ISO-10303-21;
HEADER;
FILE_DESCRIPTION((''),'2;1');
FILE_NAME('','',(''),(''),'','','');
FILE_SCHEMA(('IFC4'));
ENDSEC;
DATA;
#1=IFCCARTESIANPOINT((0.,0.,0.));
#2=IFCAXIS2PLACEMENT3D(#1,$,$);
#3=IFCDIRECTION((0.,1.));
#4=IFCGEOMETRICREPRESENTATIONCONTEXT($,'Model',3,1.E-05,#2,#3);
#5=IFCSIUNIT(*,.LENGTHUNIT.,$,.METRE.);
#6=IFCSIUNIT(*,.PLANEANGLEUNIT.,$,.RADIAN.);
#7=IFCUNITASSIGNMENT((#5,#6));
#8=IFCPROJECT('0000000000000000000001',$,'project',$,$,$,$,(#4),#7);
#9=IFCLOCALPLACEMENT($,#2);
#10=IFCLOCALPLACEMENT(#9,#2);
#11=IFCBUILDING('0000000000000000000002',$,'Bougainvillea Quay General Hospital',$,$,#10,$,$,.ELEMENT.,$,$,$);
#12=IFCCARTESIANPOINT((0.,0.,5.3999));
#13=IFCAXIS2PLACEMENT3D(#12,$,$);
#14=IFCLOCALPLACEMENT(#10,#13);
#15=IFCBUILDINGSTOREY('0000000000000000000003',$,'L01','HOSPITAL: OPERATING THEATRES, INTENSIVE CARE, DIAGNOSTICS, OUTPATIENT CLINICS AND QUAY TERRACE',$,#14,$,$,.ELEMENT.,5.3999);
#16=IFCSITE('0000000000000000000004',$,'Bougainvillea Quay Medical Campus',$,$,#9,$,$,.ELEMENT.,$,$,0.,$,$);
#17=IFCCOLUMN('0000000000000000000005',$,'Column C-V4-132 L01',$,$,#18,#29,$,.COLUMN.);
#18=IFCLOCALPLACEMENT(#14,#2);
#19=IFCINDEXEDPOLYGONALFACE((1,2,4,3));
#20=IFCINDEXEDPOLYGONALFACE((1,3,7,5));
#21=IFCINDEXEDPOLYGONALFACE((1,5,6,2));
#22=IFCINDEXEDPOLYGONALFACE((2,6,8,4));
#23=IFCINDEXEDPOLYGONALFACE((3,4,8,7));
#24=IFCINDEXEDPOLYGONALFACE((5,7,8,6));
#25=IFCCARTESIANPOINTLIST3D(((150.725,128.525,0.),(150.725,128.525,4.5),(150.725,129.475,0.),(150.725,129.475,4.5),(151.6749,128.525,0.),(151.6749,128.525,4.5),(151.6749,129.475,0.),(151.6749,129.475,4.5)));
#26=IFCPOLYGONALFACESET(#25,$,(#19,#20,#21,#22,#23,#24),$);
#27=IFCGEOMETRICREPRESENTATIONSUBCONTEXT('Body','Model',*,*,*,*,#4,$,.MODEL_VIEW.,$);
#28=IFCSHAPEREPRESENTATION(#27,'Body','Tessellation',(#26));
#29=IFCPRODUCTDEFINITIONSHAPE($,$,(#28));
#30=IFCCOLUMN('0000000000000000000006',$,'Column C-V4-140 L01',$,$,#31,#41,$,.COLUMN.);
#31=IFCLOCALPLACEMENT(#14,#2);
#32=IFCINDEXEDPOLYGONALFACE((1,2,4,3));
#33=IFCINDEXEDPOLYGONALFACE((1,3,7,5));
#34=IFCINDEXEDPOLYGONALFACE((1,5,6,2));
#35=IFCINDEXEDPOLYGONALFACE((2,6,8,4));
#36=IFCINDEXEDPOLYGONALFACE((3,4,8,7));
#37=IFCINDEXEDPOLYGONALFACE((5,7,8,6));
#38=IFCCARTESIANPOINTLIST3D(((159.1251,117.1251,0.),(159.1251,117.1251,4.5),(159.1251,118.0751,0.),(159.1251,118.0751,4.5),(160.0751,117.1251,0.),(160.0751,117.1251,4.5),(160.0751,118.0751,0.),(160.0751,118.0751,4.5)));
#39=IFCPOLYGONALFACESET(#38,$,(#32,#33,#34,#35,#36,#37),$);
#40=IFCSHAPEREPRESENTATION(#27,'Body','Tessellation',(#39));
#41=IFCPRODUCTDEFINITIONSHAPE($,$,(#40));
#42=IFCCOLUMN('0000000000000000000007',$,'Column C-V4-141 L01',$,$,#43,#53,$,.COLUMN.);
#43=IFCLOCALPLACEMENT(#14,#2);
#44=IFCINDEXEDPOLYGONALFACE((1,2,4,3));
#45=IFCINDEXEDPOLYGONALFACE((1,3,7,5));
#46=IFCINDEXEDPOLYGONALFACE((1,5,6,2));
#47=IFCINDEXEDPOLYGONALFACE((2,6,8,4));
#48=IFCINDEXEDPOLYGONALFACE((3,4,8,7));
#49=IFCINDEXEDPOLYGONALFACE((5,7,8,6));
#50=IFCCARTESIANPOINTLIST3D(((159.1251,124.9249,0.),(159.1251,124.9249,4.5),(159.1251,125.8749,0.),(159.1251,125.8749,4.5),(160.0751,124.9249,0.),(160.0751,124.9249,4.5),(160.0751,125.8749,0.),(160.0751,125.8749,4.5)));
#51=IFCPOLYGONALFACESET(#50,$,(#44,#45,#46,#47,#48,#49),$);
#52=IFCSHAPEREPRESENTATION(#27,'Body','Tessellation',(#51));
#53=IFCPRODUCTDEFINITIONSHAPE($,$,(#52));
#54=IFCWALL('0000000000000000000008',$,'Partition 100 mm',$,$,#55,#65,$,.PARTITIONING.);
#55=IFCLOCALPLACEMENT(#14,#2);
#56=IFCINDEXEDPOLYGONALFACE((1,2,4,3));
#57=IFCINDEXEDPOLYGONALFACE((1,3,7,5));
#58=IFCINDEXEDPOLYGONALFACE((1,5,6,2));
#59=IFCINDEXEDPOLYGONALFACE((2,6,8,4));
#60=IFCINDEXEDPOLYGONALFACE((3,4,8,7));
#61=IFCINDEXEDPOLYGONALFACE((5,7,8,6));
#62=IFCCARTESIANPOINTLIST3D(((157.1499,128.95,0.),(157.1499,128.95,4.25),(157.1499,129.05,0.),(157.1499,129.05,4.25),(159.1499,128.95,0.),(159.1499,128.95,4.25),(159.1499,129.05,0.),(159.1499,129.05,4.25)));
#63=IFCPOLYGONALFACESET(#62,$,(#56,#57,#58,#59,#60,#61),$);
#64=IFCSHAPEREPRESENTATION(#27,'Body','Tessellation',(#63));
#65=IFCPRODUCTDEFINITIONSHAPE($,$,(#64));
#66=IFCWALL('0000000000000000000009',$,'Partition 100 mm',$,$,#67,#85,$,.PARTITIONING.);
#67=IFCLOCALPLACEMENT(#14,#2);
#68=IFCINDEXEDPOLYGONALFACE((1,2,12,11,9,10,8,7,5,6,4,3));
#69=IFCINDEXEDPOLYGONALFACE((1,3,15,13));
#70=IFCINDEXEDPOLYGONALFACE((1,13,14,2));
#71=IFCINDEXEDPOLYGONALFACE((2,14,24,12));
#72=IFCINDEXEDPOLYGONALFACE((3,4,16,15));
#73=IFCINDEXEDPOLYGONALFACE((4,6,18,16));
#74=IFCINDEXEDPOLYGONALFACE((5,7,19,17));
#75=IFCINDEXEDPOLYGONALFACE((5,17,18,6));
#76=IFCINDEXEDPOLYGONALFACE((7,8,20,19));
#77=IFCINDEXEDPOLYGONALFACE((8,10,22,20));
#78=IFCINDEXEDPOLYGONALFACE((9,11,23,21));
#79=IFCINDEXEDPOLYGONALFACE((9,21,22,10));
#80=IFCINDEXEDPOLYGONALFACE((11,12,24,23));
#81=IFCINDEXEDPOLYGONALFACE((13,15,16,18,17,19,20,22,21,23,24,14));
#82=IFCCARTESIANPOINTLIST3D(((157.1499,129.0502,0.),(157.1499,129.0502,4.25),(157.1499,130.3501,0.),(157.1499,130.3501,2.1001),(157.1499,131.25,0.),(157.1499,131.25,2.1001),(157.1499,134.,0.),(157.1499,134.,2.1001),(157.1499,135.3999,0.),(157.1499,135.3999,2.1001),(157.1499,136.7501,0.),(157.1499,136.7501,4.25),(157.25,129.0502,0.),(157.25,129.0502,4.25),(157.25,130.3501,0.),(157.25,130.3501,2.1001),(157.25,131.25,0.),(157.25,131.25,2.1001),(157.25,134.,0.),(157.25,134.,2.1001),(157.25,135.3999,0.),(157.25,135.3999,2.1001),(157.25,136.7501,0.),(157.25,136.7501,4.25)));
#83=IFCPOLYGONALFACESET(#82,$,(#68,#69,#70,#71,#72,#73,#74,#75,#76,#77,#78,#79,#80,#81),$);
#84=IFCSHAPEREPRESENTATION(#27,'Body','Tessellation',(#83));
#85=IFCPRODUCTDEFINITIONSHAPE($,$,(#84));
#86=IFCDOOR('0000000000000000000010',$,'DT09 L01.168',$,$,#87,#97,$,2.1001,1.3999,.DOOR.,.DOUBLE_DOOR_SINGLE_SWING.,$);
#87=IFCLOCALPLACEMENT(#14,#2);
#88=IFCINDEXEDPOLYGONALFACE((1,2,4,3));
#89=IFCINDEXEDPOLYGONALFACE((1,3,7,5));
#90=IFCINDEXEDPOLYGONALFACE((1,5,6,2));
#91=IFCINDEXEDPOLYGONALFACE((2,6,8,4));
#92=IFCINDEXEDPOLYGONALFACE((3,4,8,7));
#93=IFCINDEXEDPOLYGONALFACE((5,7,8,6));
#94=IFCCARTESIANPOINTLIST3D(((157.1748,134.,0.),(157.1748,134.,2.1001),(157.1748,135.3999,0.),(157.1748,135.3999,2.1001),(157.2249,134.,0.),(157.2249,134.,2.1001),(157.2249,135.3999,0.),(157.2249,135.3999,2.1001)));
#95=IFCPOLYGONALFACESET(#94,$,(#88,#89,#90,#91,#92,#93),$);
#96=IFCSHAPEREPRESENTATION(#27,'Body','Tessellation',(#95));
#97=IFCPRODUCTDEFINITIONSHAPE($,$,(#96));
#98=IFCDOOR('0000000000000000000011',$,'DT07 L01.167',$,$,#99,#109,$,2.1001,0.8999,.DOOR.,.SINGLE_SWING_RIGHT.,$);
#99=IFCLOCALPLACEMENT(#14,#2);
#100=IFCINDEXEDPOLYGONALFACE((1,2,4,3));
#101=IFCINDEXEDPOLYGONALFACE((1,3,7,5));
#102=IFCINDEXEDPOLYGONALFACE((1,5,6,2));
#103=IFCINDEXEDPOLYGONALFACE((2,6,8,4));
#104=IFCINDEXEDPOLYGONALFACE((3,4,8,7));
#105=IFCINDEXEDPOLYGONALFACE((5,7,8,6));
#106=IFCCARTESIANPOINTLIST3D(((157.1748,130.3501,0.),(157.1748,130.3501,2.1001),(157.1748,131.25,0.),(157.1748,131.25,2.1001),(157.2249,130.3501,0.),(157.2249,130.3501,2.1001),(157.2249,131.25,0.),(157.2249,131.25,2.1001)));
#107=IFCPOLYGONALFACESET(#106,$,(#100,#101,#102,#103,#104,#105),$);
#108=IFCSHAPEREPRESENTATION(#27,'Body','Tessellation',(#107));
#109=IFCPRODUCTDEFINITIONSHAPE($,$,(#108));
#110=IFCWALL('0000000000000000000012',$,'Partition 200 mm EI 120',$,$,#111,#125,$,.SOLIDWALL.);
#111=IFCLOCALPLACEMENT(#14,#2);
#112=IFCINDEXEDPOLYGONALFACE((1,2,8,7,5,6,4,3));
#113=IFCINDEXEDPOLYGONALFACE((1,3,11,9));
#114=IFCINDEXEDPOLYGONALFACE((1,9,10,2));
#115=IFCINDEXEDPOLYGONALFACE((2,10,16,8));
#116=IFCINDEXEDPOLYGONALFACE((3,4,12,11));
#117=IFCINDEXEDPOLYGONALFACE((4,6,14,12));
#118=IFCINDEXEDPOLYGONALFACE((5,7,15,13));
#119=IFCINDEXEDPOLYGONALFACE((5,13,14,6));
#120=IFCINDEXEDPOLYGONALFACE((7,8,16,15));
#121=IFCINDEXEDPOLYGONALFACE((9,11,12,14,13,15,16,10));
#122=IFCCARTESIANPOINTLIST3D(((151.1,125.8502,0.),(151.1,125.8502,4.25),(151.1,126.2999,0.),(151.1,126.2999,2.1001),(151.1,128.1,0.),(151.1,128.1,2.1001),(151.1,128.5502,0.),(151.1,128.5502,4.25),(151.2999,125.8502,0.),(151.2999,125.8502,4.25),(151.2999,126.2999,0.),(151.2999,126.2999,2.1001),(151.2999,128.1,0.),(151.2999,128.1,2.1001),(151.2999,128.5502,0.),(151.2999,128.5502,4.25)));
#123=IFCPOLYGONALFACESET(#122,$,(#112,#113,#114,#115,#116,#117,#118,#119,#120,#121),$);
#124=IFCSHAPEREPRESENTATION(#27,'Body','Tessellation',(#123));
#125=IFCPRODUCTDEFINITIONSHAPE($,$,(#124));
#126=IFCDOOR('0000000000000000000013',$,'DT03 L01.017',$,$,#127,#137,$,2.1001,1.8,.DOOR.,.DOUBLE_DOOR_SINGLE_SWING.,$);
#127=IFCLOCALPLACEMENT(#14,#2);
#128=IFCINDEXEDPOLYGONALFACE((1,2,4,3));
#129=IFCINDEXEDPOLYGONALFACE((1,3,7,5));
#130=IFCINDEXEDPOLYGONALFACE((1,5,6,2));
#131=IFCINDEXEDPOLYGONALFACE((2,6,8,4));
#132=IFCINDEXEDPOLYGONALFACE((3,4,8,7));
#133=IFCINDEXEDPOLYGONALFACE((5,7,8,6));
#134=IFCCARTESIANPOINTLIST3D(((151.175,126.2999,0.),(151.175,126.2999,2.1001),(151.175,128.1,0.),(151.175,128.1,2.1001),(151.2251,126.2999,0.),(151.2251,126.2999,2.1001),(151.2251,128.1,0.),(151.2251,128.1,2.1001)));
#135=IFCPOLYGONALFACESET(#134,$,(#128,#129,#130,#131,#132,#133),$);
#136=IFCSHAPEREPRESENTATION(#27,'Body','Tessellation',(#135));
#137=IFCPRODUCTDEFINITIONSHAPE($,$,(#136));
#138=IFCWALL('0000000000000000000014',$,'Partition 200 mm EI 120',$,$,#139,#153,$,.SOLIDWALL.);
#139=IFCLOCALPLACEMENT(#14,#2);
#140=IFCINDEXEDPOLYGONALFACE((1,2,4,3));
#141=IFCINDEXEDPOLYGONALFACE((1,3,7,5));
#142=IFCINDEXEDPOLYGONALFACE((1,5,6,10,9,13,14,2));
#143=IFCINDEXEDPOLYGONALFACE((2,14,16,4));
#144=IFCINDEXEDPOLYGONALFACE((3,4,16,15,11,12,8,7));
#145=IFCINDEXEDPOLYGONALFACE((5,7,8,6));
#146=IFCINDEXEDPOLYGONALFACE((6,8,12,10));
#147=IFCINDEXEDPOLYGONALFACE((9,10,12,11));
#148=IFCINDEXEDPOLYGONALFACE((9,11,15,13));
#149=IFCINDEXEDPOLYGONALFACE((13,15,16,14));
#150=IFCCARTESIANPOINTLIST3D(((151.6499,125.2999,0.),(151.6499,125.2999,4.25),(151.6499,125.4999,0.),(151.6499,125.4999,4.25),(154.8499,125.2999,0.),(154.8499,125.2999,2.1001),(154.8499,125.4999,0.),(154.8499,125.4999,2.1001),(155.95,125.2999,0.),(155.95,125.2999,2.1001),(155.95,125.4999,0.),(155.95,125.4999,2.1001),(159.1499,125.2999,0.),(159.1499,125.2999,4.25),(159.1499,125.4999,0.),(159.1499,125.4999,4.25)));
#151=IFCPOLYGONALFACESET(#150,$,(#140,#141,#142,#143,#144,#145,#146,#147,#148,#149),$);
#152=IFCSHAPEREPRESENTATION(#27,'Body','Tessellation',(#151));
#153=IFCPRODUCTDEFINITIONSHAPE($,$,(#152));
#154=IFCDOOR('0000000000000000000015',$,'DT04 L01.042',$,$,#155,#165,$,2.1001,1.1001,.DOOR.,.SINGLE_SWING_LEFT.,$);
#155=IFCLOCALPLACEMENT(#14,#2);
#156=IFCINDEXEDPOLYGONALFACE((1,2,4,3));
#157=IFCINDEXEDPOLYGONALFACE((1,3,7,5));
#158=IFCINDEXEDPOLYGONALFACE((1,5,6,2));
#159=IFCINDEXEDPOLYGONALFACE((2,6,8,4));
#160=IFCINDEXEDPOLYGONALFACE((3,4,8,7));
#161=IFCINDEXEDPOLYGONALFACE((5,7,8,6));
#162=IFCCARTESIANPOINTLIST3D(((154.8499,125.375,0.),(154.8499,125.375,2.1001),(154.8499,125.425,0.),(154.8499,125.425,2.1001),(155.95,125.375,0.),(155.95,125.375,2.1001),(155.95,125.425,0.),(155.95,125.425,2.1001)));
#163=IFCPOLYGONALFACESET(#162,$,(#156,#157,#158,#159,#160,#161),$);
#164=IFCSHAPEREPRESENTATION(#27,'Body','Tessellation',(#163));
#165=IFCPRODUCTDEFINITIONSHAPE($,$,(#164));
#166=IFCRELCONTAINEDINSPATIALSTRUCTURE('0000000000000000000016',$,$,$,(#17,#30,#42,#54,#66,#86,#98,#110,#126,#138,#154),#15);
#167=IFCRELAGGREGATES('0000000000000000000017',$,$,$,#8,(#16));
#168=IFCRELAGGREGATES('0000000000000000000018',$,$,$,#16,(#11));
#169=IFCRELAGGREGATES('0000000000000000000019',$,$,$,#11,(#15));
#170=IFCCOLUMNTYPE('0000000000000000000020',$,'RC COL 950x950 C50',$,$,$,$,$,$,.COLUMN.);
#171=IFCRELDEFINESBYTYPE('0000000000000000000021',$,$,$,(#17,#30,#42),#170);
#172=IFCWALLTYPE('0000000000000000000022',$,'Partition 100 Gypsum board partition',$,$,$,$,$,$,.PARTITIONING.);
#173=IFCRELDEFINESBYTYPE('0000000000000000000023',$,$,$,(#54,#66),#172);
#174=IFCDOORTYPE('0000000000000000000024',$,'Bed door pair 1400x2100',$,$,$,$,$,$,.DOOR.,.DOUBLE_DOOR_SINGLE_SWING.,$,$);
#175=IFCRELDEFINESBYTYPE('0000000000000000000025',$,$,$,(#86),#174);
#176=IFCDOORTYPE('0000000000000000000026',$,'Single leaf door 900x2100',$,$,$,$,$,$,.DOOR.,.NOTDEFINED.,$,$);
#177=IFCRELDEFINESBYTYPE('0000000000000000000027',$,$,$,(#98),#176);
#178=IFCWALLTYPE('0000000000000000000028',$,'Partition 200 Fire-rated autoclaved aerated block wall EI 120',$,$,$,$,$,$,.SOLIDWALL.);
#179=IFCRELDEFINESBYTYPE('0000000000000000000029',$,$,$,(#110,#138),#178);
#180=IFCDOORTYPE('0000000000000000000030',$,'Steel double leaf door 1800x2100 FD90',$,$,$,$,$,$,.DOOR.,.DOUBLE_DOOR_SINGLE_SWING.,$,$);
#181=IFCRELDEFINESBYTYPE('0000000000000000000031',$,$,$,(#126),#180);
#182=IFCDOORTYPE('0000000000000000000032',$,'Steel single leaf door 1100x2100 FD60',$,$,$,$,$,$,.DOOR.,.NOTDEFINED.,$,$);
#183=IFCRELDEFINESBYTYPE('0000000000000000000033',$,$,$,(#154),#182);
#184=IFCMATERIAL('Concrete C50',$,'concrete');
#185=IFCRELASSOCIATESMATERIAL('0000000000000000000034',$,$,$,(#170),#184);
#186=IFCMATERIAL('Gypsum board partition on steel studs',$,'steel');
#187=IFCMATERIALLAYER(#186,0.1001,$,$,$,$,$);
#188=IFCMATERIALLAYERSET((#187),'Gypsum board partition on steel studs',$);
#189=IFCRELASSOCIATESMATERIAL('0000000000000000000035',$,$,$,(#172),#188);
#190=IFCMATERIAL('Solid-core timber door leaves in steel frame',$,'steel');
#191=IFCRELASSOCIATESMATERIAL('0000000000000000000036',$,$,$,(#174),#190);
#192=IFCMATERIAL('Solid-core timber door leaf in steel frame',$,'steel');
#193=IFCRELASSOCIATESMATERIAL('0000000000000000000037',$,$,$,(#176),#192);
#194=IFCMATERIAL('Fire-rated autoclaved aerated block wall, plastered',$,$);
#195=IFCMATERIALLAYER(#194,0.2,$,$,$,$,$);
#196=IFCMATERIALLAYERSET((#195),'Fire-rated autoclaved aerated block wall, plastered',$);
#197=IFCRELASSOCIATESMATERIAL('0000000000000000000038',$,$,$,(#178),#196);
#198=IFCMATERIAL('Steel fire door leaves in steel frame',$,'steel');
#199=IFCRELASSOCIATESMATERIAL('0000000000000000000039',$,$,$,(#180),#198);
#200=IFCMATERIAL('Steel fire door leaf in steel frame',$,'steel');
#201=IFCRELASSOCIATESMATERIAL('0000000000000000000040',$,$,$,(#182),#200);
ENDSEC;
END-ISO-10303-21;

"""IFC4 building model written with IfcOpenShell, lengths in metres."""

from ifc_helpers import new_model, si_unit, direction, frame, frame_2d, origin, origin_2d, place, context, subcontext, project, spatial, rectangle, extrude, material, layer, layer_set, material_profile, profile_set, type_object, element, fill, save


model = new_model("IFC4")

# Units and contexts
model_context = context("Model", 3, precision=1e-05, world=origin(), true_north=direction((0.0, 1.0)))
body_context = subcontext(model_context, "Body", "Model", "MODEL_VIEW")
ifc_project = project(units=[si_unit("LENGTHUNIT", "METRE"), si_unit("PLANEANGLEUNIT", "RADIAN")], contexts=[model_context])

# Site, building, storey
site_placement = place(None, origin())
site = spatial("IfcSite", under=ifc_project, at=site_placement, Name="Bougainvillea Quay Medical Campus", CompositionType="ELEMENT", RefElevation=0.0)
building_placement = place(site_placement, origin())
building = spatial("IfcBuilding", under=site, at=building_placement, Name="Bougainvillea Quay General Hospital", CompositionType="ELEMENT")
storey_placement = place(building_placement, frame((0.0, 0.0, 5.3999)))
storey = spatial("IfcBuildingStorey", under=building, at=storey_placement, Name="L01", Description="HOSPITAL: OPERATING THEATRES, INTENSIVE CARE, DIAGNOSTICS, OUTPATIENT CLINICS AND QUAY TERRACE", CompositionType="ELEMENT", Elevation=5.3999)

# Columns
ifc_material_1 = material(Name="Concrete C50", Category="concrete")
ifc_material_profile = material_profile(ifc_material_1, rectangle(XDim=0.95, YDim=0.95, at=origin_2d()))
ifc_profile_set = profile_set([ifc_material_profile], Name="Concrete C50")
column_type = type_object("IfcColumnType", Name="RC COL 950x950 C50", PredefinedType="COLUMN", material=ifc_profile_set)
for number, where, z_axis, x_axis, name in (
    (1, (151.2, 129.0, 0.0), (0.0, 0.0, 1.0), (1.0, 0.0, 0.0), "Column C-V4-132 L01"),
    (2, (159.6001, 117.6001, 0.0), (0.0, 0.0, 1.0), (1.0, 0.0, 0.0), "Column C-V4-140 L01"),
    (3, (159.6001, 125.3999, 0.0), (0.0, 0.0, 1.0), (1.0, 0.0, 0.0), "Column C-V4-141 L01"),
):
    element("IfcColumn", number, at=place(storey_placement, frame(where, z_axis=z_axis, x_axis=x_axis)), inside=storey, type_object=column_type, Name=name, PredefinedType="COLUMN", context=body_context, shape_type="SweptSolid", body=[
        extrude(rectangle(XDim=0.95, YDim=0.95, at=origin_2d()), origin(), (0.0, 0.0, 1.0), 4.5),
    ])

# Wall
ifc_material_2 = material(Name="Gypsum board partition on steel studs", Category="steel")
ifc_layer_1 = layer(ifc_material_2, 0.1001)
ifc_layer_set_1 = layer_set([ifc_layer_1], Name="Gypsum board partition on steel studs")
wall_type_1 = type_object("IfcWallType", Name="Partition 100 Gypsum board partition", PredefinedType="PARTITIONING", material=ifc_layer_set_1)
wall_1_placement = place(storey_placement, frame((159.1499, 129.0, 0.0), z_axis=(0.0, 0.0, 1.0), x_axis=(-1.0, 0.0, 0.0)))
element("IfcWall", 4, at=wall_1_placement, inside=storey, type_object=wall_type_1, Name="Partition 100 mm", PredefinedType="PARTITIONING", context=body_context, shape_type="SweptSolid", body=[
    extrude(rectangle(XDim=2.0, YDim=0.1001, at=frame_2d((1.0, 0.0))), origin(), (0.0, 0.0, 1.0), 4.25),
])

# Wall, openings, doors
wall_2_placement = place(storey_placement, frame((157.2, 129.05, 0.0), z_axis=(0.0, 0.0, 1.0), x_axis=(0.0, 1.0, 0.0)))
wall_2 = element("IfcWall", 5, at=wall_2_placement, inside=storey, type_object=wall_type_1, Name="Partition 100 mm", PredefinedType="PARTITIONING", context=body_context, shape_type="SweptSolid", body=[
    extrude(rectangle(XDim=7.7, YDim=0.1001, at=frame_2d((3.8501, 0.0))), origin(), (0.0, 0.0, 1.0), 4.25),
])
opening_1_placement = place(wall_2_placement, frame((1.3, 0.0, 0.0)))
opening_1 = element("IfcOpeningElement", 6, at=opening_1_placement, cuts=wall_2, PredefinedType="OPENING", context=body_context, shape_type="SweptSolid", body=[
    extrude(rectangle(XDim=0.8999, YDim=2.1001, at=frame_2d((0.45, 1.05))), frame((0.0, 0.0601, 0.0), z_axis=(0.0, -1.0, 0.0), x_axis=(1.0, 0.0, 0.0)), (0.0, 0.0, 1.0), 0.1201),
])
opening_2_placement = place(wall_2_placement, frame((4.95, 0.0, 0.0)))
opening_2 = element("IfcOpeningElement", 7, at=opening_2_placement, cuts=wall_2, PredefinedType="OPENING", context=body_context, shape_type="SweptSolid", body=[
    extrude(rectangle(XDim=1.3999, YDim=2.1001, at=frame_2d((0.7, 1.05))), frame((0.0, 0.0601, 0.0), z_axis=(0.0, -1.0, 0.0), x_axis=(1.0, 0.0, 0.0)), (0.0, 0.0, 1.0), 0.1201),
])
ifc_material_3 = material(Name="Solid-core timber door leaves in steel frame", Category="steel")
door_type_1 = type_object("IfcDoorType", Name="Bed door pair 1400x2100", OperationType="DOUBLE_DOOR_SINGLE_SWING", PredefinedType="DOOR", material=ifc_material_3)
door_1_placement = place(opening_2_placement, frame((1.3999, 0.0, 0.0), z_axis=(0.0, 0.0, 1.0), x_axis=(-1.0, 0.0, 0.0)))
door_1 = element("IfcDoor", 8, at=door_1_placement, inside=storey, type_object=door_type_1, Name="DT09 L01.168", OperationType="DOUBLE_DOOR_SINGLE_SWING", OverallHeight=2.1001, OverallWidth=1.3999, PredefinedType="DOOR", context=body_context, shape_type="SweptSolid", body=[
    extrude(rectangle(XDim=1.3999, YDim=2.1001, at=frame_2d((0.7, 1.05))), frame((0.0, 0.0249, 0.0), z_axis=(0.0, -1.0, 0.0), x_axis=(1.0, 0.0, 0.0)), (0.0, 0.0, 1.0), 0.05),
])
fill(opening_2, door_1)
ifc_material_4 = material(Name="Solid-core timber door leaf in steel frame", Category="steel")
door_type_2 = type_object("IfcDoorType", Name="Single leaf door 900x2100", OperationType="NOTDEFINED", PredefinedType="DOOR", material=ifc_material_4)
door_2_placement = place(opening_1_placement, frame((0.8999, 0.0, 0.0), z_axis=(0.0, 0.0, 1.0), x_axis=(-1.0, 0.0, 0.0)))
door_2 = element("IfcDoor", 9, at=door_2_placement, inside=storey, type_object=door_type_2, Name="DT07 L01.167", OperationType="SINGLE_SWING_RIGHT", OverallHeight=2.1001, OverallWidth=0.8999, PredefinedType="DOOR", context=body_context, shape_type="SweptSolid", body=[
    extrude(rectangle(XDim=0.8999, YDim=2.1001, at=frame_2d((0.45, 1.05))), frame((0.0, 0.0249, 0.0), z_axis=(0.0, -1.0, 0.0), x_axis=(1.0, 0.0, 0.0)), (0.0, 0.0, 1.0), 0.05),
])
fill(opening_1, door_2)

# Walls, openings, doors
ifc_material_5 = material(Name="Fire-rated autoclaved aerated block wall, plastered")
ifc_layer_2 = layer(ifc_material_5, 0.2)
ifc_layer_set_2 = layer_set([ifc_layer_2], Name="Fire-rated autoclaved aerated block wall, plastered")
wall_type_2 = type_object("IfcWallType", Name="Partition 200 Fire-rated autoclaved aerated block wall EI 120", PredefinedType="SOLIDWALL", material=ifc_layer_set_2)
wall_3_placement = place(storey_placement, frame((151.2, 125.8501, 0.0), z_axis=(0.0, 0.0, 1.0), x_axis=(0.0, 1.0, 0.0)))
wall_3 = element("IfcWall", 10, at=wall_3_placement, inside=storey, type_object=wall_type_2, Name="Partition 200 mm EI 120", PredefinedType="SOLIDWALL", context=body_context, shape_type="SweptSolid", body=[
    extrude(rectangle(XDim=2.7, YDim=0.2, at=frame_2d((1.3501, 0.0))), origin(), (0.0, 0.0, 1.0), 4.25),
])
opening_3_placement = place(wall_3_placement, frame((0.45, 0.0, 0.0)))
opening_3 = element("IfcOpeningElement", 11, at=opening_3_placement, cuts=wall_3, PredefinedType="OPENING", context=body_context, shape_type="SweptSolid", body=[
    extrude(rectangle(XDim=1.8, YDim=2.1001, at=frame_2d((0.8999, 1.05))), frame((0.0, 0.1099, 0.0), z_axis=(0.0, -1.0, 0.0), x_axis=(1.0, 0.0, 0.0)), (0.0, 0.0, 1.0), 0.22),
])
ifc_material_6 = material(Name="Steel fire door leaves in steel frame", Category="steel")
door_type_3 = type_object("IfcDoorType", Name="Steel double leaf door 1800x2100 FD90", OperationType="DOUBLE_DOOR_SINGLE_SWING", PredefinedType="DOOR", material=ifc_material_6)
door_3_placement = place(opening_3_placement, origin())
door_3 = element("IfcDoor", 12, at=door_3_placement, inside=storey, type_object=door_type_3, Name="DT03 L01.017", OperationType="DOUBLE_DOOR_SINGLE_SWING", OverallHeight=2.1001, OverallWidth=1.8, PredefinedType="DOOR", context=body_context, shape_type="SweptSolid", body=[
    extrude(rectangle(XDim=1.8, YDim=2.1001, at=frame_2d((0.8999, 1.05))), frame((0.0, 0.0249, 0.0), z_axis=(0.0, -1.0, 0.0), x_axis=(1.0, 0.0, 0.0)), (0.0, 0.0, 1.0), 0.05),
])
fill(opening_3, door_3)
wall_4_placement = place(storey_placement, frame((151.6499, 125.3999, 0.0), z_axis=(0.0, 0.0, 1.0), x_axis=(1.0, 0.0, 0.0)))
wall_4 = element("IfcWall", 13, at=wall_4_placement, inside=storey, type_object=wall_type_2, Name="Partition 200 mm EI 120", PredefinedType="SOLIDWALL", context=body_context, shape_type="SweptSolid", body=[
    extrude(rectangle(XDim=7.5, YDim=0.2, at=frame_2d((3.75, 0.0))), origin(), (0.0, 0.0, 1.0), 4.25),
])
opening_4_placement = place(wall_4_placement, frame((3.2, 0.0, 0.0)))
opening_4 = element("IfcOpeningElement", 14, at=opening_4_placement, cuts=wall_4, PredefinedType="OPENING", context=body_context, shape_type="SweptSolid", body=[
    extrude(rectangle(XDim=1.1001, YDim=2.1001, at=frame_2d((0.55, 1.05))), frame((0.0, 0.1099, 0.0), z_axis=(0.0, -1.0, 0.0), x_axis=(1.0, 0.0, 0.0)), (0.0, 0.0, 1.0), 0.22),
])
ifc_material_7 = material(Name="Steel fire door leaf in steel frame", Category="steel")
door_type_4 = type_object("IfcDoorType", Name="Steel single leaf door 1100x2100 FD60", OperationType="NOTDEFINED", PredefinedType="DOOR", material=ifc_material_7)
door_4_placement = place(opening_4_placement, frame((1.1001, 0.0, 0.0), z_axis=(0.0, 0.0, 1.0), x_axis=(-1.0, 0.0, 0.0)))
door_4 = element("IfcDoor", 15, at=door_4_placement, inside=storey, type_object=door_type_4, Name="DT04 L01.042", OperationType="SINGLE_SWING_LEFT", OverallHeight=2.1001, OverallWidth=1.1001, PredefinedType="DOOR", context=body_context, shape_type="SweptSolid", body=[
    extrude(rectangle(XDim=1.1001, YDim=2.1001, at=frame_2d((0.55, 1.05))), frame((0.0, 0.0249, 0.0), z_axis=(0.0, -1.0, 0.0), x_axis=(1.0, 0.0, 0.0)), (0.0, 0.0, 1.0), 0.05),
])
fill(opening_4, door_4)

save(model, "model.ifc")
